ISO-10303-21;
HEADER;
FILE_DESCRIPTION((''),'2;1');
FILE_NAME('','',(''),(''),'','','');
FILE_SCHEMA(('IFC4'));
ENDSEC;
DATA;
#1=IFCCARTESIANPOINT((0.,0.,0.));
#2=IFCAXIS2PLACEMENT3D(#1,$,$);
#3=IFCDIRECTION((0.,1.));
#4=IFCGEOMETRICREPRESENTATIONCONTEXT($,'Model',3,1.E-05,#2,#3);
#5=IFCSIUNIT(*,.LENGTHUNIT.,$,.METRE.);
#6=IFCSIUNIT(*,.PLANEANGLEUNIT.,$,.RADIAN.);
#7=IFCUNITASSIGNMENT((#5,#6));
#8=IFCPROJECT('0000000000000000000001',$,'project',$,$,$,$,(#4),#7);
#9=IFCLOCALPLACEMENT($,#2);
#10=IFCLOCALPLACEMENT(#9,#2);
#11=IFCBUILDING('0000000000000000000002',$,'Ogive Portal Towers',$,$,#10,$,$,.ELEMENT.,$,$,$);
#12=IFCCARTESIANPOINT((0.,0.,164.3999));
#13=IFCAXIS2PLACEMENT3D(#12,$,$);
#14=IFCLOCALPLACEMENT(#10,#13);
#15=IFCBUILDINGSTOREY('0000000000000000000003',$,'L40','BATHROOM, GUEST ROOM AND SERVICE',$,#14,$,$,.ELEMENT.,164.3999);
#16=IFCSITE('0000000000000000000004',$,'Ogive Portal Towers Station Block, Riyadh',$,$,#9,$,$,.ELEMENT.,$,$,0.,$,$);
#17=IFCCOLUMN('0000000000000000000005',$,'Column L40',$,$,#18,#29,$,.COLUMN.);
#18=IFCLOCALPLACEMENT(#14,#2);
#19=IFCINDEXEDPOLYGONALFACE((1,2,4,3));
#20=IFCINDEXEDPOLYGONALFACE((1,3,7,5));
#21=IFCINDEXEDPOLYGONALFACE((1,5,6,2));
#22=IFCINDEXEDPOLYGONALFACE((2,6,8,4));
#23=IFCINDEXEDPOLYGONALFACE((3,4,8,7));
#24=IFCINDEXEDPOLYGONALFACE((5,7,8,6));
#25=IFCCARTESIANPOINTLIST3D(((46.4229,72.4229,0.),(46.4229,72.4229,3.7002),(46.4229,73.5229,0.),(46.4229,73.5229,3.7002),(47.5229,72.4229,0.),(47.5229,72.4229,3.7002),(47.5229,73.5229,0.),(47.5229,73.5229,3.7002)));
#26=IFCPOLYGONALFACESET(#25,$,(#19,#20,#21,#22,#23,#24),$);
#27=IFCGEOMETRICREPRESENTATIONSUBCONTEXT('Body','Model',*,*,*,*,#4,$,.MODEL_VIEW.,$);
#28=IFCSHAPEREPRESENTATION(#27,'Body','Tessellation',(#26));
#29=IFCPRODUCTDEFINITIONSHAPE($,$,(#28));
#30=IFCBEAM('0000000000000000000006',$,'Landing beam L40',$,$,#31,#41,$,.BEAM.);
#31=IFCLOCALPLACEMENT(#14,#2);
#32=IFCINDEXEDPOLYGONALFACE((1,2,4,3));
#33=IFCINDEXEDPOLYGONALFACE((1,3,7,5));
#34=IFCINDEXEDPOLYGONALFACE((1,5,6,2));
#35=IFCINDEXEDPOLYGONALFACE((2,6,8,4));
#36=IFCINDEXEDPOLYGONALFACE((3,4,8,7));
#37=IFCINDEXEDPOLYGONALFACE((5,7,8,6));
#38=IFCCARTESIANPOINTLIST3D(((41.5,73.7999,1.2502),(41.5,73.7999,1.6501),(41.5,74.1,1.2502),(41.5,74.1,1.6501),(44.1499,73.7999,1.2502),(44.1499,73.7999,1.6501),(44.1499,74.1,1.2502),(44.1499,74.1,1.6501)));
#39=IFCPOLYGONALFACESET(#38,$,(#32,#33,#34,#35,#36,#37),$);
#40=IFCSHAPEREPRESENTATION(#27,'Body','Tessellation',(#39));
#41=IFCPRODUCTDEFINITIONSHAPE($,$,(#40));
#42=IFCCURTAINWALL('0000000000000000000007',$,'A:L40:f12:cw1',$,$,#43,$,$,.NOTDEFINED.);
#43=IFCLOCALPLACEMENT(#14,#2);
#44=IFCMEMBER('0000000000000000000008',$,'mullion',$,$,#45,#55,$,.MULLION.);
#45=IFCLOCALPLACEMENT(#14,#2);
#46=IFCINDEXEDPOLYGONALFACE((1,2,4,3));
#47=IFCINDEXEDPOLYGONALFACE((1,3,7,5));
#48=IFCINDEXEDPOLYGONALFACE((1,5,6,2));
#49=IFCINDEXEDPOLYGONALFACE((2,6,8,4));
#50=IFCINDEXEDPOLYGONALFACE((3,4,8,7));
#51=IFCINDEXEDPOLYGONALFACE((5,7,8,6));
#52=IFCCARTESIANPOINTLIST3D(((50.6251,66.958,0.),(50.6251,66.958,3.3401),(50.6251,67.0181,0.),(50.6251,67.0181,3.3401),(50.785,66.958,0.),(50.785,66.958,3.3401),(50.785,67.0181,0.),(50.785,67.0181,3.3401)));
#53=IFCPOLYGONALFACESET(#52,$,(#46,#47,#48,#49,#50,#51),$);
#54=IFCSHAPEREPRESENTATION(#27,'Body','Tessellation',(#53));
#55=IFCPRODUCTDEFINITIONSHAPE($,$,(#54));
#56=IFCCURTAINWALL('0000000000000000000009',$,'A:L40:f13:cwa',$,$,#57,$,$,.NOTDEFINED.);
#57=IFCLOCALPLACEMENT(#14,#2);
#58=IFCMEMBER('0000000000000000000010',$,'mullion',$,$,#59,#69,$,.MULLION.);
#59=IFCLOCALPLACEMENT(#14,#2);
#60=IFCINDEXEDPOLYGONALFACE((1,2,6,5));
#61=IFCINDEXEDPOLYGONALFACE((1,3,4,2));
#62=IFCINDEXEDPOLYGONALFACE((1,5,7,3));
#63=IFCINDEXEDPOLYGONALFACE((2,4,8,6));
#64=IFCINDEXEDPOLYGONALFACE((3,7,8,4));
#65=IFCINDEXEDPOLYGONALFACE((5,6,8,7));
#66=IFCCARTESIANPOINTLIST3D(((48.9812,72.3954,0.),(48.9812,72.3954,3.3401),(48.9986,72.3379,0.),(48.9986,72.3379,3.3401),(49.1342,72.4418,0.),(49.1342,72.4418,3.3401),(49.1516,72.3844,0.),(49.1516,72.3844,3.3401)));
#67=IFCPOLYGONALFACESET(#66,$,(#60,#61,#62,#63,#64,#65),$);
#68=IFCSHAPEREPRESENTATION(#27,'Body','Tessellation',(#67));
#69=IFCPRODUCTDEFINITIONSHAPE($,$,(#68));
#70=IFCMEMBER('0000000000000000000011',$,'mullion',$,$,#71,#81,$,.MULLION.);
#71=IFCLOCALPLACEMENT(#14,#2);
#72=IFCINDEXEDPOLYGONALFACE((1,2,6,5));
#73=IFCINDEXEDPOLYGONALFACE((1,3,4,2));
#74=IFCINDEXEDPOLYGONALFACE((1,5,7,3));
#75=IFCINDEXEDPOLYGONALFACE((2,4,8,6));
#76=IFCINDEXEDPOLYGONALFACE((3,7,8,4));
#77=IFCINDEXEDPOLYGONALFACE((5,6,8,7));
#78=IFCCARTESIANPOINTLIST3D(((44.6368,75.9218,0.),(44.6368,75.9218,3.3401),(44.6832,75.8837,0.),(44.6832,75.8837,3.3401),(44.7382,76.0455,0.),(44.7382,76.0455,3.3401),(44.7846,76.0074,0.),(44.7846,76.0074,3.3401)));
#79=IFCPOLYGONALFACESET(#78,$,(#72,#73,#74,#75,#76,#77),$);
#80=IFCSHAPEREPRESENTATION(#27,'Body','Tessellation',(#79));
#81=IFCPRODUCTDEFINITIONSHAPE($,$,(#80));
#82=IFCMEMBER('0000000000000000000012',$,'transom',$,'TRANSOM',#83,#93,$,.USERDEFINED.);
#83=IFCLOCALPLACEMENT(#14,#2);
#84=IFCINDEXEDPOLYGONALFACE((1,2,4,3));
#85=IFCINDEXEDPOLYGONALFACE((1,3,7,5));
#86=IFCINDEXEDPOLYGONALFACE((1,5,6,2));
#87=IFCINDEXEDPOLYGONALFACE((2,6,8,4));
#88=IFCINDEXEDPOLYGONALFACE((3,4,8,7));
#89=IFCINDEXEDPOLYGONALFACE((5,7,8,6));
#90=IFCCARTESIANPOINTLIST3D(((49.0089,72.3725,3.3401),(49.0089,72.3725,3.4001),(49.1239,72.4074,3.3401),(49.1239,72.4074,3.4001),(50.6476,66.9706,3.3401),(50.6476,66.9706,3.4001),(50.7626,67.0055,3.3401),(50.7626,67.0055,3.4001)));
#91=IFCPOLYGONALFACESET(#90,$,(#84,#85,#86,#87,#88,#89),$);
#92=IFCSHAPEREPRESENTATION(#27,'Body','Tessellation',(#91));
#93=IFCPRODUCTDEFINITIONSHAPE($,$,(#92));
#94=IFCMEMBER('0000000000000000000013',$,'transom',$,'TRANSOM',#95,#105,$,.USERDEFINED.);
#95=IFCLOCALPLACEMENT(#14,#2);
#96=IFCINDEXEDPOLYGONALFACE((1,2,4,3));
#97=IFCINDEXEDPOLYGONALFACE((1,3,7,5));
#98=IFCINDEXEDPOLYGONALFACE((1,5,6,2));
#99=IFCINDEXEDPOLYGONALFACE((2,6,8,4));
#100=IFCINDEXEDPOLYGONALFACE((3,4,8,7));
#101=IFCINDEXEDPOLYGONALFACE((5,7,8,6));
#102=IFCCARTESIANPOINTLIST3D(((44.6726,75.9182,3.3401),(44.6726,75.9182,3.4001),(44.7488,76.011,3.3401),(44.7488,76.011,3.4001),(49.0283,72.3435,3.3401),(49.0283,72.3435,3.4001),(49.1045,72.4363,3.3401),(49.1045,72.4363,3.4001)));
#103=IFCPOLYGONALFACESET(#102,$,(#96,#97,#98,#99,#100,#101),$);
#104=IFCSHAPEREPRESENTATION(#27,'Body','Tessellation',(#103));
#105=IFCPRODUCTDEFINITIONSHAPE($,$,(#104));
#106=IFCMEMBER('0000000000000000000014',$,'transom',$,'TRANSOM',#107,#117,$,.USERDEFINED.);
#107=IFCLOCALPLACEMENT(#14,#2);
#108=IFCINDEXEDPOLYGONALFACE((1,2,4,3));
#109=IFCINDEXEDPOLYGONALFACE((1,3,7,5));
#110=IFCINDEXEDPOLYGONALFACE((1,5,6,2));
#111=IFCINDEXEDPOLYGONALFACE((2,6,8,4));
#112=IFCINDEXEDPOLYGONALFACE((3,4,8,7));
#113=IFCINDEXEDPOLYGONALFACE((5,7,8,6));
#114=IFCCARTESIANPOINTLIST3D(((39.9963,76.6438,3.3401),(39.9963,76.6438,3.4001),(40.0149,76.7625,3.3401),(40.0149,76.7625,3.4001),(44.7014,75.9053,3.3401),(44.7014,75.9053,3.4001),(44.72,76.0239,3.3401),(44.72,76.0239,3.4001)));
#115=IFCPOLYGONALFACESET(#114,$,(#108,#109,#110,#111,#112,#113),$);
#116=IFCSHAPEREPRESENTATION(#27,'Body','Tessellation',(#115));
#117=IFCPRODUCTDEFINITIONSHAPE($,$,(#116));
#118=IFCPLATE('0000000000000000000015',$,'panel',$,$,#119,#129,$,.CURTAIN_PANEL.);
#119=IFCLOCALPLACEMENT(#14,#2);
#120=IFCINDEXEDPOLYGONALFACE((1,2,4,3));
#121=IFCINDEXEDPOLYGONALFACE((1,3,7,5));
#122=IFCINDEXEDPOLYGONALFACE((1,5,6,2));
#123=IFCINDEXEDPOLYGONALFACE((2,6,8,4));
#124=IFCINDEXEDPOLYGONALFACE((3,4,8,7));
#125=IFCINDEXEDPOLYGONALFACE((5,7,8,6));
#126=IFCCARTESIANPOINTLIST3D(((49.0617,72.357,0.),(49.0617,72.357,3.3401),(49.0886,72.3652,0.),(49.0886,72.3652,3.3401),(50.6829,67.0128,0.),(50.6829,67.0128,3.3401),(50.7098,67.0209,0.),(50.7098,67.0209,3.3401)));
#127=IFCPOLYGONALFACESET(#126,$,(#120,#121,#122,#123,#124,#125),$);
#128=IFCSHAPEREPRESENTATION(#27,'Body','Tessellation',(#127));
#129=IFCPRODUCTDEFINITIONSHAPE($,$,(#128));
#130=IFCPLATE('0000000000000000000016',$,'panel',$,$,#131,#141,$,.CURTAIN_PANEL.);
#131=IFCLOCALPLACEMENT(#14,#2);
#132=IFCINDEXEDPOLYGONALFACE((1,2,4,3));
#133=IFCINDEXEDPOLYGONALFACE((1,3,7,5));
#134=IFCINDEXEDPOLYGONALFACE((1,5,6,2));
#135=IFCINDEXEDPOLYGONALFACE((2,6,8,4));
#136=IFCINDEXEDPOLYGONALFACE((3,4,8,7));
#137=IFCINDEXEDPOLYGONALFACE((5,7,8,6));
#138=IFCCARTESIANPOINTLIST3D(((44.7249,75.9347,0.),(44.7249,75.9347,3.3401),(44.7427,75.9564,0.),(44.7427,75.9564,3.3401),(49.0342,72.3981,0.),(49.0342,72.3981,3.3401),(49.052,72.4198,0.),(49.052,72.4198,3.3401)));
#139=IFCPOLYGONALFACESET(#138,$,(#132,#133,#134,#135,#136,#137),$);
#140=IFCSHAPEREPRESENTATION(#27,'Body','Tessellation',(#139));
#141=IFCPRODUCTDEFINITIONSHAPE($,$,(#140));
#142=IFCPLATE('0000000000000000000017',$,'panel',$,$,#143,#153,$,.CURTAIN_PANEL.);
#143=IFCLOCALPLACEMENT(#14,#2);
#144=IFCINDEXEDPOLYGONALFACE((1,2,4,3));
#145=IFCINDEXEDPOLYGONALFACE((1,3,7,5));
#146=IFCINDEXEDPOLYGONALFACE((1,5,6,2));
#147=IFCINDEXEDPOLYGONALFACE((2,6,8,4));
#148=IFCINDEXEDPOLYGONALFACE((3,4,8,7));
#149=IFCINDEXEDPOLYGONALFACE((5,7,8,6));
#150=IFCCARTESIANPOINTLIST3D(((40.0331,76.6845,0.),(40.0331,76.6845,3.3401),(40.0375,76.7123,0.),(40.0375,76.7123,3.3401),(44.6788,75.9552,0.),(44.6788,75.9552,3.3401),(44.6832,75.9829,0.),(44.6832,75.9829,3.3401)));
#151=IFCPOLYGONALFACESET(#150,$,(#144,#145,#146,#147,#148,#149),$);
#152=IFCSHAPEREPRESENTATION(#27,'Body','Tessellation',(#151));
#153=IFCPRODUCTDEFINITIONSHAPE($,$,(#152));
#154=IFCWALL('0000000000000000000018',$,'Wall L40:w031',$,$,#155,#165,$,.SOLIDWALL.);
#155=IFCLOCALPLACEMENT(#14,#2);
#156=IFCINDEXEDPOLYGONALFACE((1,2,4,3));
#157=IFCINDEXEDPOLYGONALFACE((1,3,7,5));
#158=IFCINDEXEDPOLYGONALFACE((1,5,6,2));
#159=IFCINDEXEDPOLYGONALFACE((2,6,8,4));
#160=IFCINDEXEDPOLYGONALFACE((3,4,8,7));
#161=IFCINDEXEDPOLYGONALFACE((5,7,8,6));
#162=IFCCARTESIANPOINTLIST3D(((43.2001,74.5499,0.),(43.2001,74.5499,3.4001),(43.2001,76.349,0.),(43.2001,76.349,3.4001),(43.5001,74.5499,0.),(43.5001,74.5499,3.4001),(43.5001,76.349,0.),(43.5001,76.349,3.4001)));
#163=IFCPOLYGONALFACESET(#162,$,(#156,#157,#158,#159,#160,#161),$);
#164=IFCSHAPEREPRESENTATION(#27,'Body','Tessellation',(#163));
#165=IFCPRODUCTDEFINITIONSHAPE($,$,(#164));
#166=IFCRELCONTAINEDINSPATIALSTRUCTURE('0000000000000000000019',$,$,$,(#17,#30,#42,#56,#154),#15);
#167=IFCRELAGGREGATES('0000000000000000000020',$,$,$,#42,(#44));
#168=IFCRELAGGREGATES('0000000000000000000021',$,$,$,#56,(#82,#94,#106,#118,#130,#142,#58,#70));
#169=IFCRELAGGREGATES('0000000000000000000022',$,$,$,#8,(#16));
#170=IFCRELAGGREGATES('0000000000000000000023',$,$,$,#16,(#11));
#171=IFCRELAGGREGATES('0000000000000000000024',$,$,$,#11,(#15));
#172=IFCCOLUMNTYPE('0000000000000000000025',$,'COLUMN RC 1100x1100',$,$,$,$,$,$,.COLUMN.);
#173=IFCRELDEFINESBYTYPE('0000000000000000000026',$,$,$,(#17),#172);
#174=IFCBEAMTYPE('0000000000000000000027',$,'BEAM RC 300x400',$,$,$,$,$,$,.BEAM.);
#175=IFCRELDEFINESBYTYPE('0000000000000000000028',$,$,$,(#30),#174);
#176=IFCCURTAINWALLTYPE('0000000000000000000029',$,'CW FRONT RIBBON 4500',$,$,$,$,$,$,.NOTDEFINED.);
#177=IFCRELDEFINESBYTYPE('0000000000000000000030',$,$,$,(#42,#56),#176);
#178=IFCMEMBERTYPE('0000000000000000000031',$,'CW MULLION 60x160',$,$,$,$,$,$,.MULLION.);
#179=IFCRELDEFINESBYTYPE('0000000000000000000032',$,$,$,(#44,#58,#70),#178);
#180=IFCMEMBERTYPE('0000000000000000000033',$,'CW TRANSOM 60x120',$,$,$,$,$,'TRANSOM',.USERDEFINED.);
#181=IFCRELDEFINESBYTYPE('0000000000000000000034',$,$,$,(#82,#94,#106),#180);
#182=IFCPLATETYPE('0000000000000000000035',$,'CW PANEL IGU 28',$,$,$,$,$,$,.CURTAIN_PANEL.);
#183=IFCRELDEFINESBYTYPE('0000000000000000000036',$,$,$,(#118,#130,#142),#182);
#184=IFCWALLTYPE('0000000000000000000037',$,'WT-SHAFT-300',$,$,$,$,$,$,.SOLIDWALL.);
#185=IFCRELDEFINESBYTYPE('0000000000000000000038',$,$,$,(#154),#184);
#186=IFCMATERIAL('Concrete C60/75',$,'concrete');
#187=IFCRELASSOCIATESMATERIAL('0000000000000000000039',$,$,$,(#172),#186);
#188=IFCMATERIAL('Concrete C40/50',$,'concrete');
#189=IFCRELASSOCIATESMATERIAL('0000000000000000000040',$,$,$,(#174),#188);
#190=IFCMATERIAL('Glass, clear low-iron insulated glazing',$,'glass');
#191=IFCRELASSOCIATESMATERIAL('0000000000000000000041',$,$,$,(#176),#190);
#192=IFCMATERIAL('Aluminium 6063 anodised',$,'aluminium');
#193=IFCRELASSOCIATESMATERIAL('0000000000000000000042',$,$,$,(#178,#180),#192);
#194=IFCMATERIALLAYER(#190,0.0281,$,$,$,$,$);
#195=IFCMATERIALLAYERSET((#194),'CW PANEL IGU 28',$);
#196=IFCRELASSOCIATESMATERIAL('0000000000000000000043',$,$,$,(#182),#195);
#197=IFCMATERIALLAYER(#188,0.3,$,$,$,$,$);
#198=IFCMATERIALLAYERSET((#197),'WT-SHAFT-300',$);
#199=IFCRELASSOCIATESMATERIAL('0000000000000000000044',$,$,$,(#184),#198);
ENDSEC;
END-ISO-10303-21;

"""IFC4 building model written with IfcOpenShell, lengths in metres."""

from ifc_helpers import new_model, si_unit, direction, frame, frame_2d, origin, origin_2d, place, context, subcontext, project, spatial, rectangle, extrude, material, layer, layer_set, material_profile, profile_set, type_object, element, aggregate, save


model = new_model("IFC4")

# Units and contexts
model_context = context("Model", 3, precision=1e-05, world=origin(), true_north=direction((0.0, 1.0)))
body_context = subcontext(model_context, "Body", "Model", "MODEL_VIEW")
ifc_project = project(units=[si_unit("LENGTHUNIT", "METRE"), si_unit("PLANEANGLEUNIT", "RADIAN")], contexts=[model_context])

# Site, building, storey
site_placement = place(None, origin())
site = spatial("IfcSite", under=ifc_project, at=site_placement, Name="Ogive Portal Towers Station Block, Riyadh", CompositionType="ELEMENT", RefElevation=0.0)
building_placement = place(site_placement, origin())
building = spatial("IfcBuilding", under=site, at=building_placement, Name="Ogive Portal Towers", CompositionType="ELEMENT")
storey_placement = place(building_placement, frame((0.0, 0.0, 164.3999)))
storey = spatial("IfcBuildingStorey", under=building, at=storey_placement, Name="L40", Description="BATHROOM, GUEST ROOM AND SERVICE", CompositionType="ELEMENT", Elevation=164.3999)

# Column
ifc_material_1 = material(Name="Concrete C60/75", Category="concrete")
ifc_material_profile_1 = material_profile(ifc_material_1, rectangle(XDim=1.1001, YDim=1.1001, at=origin_2d()), Name="RC 1100x1100")
ifc_profile_set_1 = profile_set([ifc_material_profile_1], Name="Concrete C60/75")
column_type = type_object("IfcColumnType", Name="COLUMN RC 1100x1100", PredefinedType="COLUMN", material=ifc_profile_set_1)
column_placement = place(storey_placement, frame((46.9729, 72.9729, 0.0), z_axis=(0.0, 0.0, 1.0), x_axis=(1.0, 0.0, 0.0)))
element("IfcColumn", 1, at=column_placement, inside=storey, type_object=column_type, Name="Column L40", PredefinedType="COLUMN", context=body_context, shape_type="SweptSolid", body=[
    extrude(rectangle(XDim=1.1001, YDim=1.1001, at=origin_2d()), origin(), (0.0, 0.0, 1.0), 3.7002),
])

# Beam
ifc_material_2 = material(Name="Concrete C40/50", Category="concrete")
ifc_material_profile_2 = material_profile(ifc_material_2, rectangle(XDim=0.3, YDim=0.3999, at=origin_2d()), Name="RC 300x400")
ifc_profile_set_2 = profile_set([ifc_material_profile_2], Name="Concrete C40/50")
beam_type = type_object("IfcBeamType", Name="BEAM RC 300x400", PredefinedType="BEAM", material=ifc_profile_set_2)
beam_placement = place(storey_placement, frame((41.5, 73.95, 1.4502), z_axis=(1.0, 0.0, 0.0), x_axis=(0.0, 1.0, 0.0)))
element("IfcBeam", 2, at=beam_placement, inside=storey, type_object=beam_type, Name="Landing beam L40", PredefinedType="BEAM", context=body_context, shape_type="SweptSolid", body=[
    extrude(rectangle(XDim=0.3, YDim=0.3999, at=origin_2d()), origin(), (0.0, 0.0, 1.0), 2.6499),
])

# Curtain wall, member
ifc_material_3 = material(Name="Glass, clear low-iron insulated glazing", Category="glass")
curtain_wall_type = type_object("IfcCurtainWallType", Name="CW FRONT RIBBON 4500", PredefinedType="NOTDEFINED", material=ifc_material_3)
curtain_wall_1_placement = place(storey_placement, origin())
curtain_wall_1 = element("IfcCurtainWall", 3, at=curtain_wall_1_placement, inside=storey, type_object=curtain_wall_type, Name="A:L40:f12:cw1", PredefinedType="NOTDEFINED")
ifc_material_4 = material(Name="Aluminium 6063 anodised", Category="aluminium")
ifc_material_profile_3 = material_profile(ifc_material_4, rectangle(XDim=0.1599, YDim=0.0601, at=origin_2d()), Name="AL 60x160")
ifc_profile_set_3 = profile_set([ifc_material_profile_3], Name="Aluminium 6063 anodised")
member_type_1 = type_object("IfcMemberType", Name="CW MULLION 60x160", PredefinedType="MULLION", material=ifc_profile_set_3)
member_1_placement = place(storey_placement, frame((50.7051, 66.988, 0.0), z_axis=(0.0, 0.0, 1.0), x_axis=(-1.0, 0.0, 0.0)))
member_1 = element("IfcMember", 4, at=member_1_placement, type_object=member_type_1, Name="mullion", PredefinedType="MULLION", context=body_context, shape_type="SweptSolid", body=[
    extrude(rectangle(XDim=0.1599, YDim=0.0601, at=origin_2d()), origin(), (0.0, 0.0, 1.0), 3.3401),
])
aggregate(curtain_wall_1, [member_1])

# Curtain wall, members, plates
curtain_wall_2_placement = place(storey_placement, origin())
curtain_wall_2 = element("IfcCurtainWall", 5, at=curtain_wall_2_placement, inside=storey, type_object=curtain_wall_type, Name="A:L40:f13:cwa", PredefinedType="NOTDEFINED")
member_2_placement = place(storey_placement, frame((49.0664, 72.3899, 0.0), z_axis=(0.0, 0.0, 1.0), x_axis=(-0.95694, -0.290285, 0.0)))
member_2 = element("IfcMember", 6, at=member_2_placement, type_object=member_type_1, Name="mullion", PredefinedType="MULLION", context=body_context, shape_type="SweptSolid", body=[
    extrude(rectangle(XDim=0.1599, YDim=0.0601, at=origin_2d()), origin(), (0.0, 0.0, 1.0), 3.3401),
])
member_3_placement = place(storey_placement, frame((44.7107, 75.9646, 0.0), z_axis=(0.0, 0.0, 1.0), x_axis=(-0.634393, -0.77301, 0.0)))
member_3 = element("IfcMember", 7, at=member_3_placement, type_object=member_type_1, Name="mullion", PredefinedType="MULLION", context=body_context, shape_type="SweptSolid", body=[
    extrude(rectangle(XDim=0.1599, YDim=0.0601, at=origin_2d()), origin(), (0.0, 0.0, 1.0), 3.3401),
])
ifc_material_profile_4 = material_profile(ifc_material_4, rectangle(XDim=0.1201, YDim=0.0601, at=origin_2d()), Name="AL 120x60")
ifc_profile_set_4 = profile_set([ifc_material_profile_4], Name="Aluminium 6063 anodised")
member_type_2 = type_object("IfcMemberType", Name="CW TRANSOM 60x120", ElementType="TRANSOM", PredefinedType="USERDEFINED", material=ifc_profile_set_4)
member_4_placement = place(storey_placement, frame((50.7051, 66.988, 3.3701), z_axis=(-0.290291, 0.956939, 0.0), x_axis=(-0.956939, -0.290291, 0.0)))
member_4 = element("IfcMember", 8, at=member_4_placement, type_object=member_type_2, Name="transom", ObjectType="TRANSOM", PredefinedType="USERDEFINED", context=body_context, shape_type="SweptSolid", body=[
    extrude(rectangle(XDim=0.1201, YDim=0.0601, at=origin_2d()), origin(), (0.0, 0.0, 1.0), 5.645),
])
member_5_placement = place(storey_placement, frame((49.0664, 72.3899, 3.3701), z_axis=(-0.773005, 0.6344, 0.0), x_axis=(-0.6344, -0.773005, 0.0)))
member_5 = element("IfcMember", 9, at=member_5_placement, type_object=member_type_2, Name="transom", ObjectType="TRANSOM", PredefinedType="USERDEFINED", context=body_context, shape_type="SweptSolid", body=[
    extrude(rectangle(XDim=0.1201, YDim=0.0601, at=origin_2d()), origin(), (0.0, 0.0, 1.0), 5.6348),
])
member_6_placement = place(storey_placement, frame((44.7107, 75.9646, 3.3701), z_axis=(-0.987904, 0.155065, 0.0), x_axis=(-0.155065, -0.987904, 0.0)))
member_6 = element("IfcMember", 10, at=member_6_placement, type_object=member_type_2, Name="transom", ObjectType="TRANSOM", PredefinedType="USERDEFINED", context=body_context, shape_type="SweptSolid", body=[
    extrude(rectangle(XDim=0.1201, YDim=0.0601, at=origin_2d()), origin(), (0.0, 0.0, 1.0), 4.7627),
])
ifc_layer_1 = layer(ifc_material_3, 0.0281)
ifc_layer_set_1 = layer_set([ifc_layer_1], Name="CW PANEL IGU 28")
plate_type = type_object("IfcPlateType", Name="CW PANEL IGU 28", PredefinedType="CURTAIN_PANEL", material=ifc_layer_set_1)
plate_1_placement = place(storey_placement, frame((49.8857, 69.689, 0.0), z_axis=(0.0, 0.0, 1.0), x_axis=(-0.290285, 0.95694, 0.0)))
plate_1 = element("IfcPlate", 11, at=plate_1_placement, type_object=plate_type, Name="panel", PredefinedType="CURTAIN_PANEL", context=body_context, shape_type="SweptSolid", body=[
    extrude(rectangle(XDim=5.5847, YDim=0.0281, at=origin_2d()), origin(), (0.0, 0.0, 1.0), 3.3401),
])
plate_2_placement = place(storey_placement, frame((46.8884, 74.1772, 0.0), z_axis=(0.0, 0.0, 1.0), x_axis=(-0.77301, 0.634393, 0.0)))
plate_2 = element("IfcPlate", 12, at=plate_2_placement, type_object=plate_type, Name="panel", PredefinedType="CURTAIN_PANEL", context=body_context, shape_type="SweptSolid", body=[
    extrude(rectangle(XDim=5.5747, YDim=0.0281, at=origin_2d()), origin(), (0.0, 0.0, 1.0), 3.3401),
])
plate_3_placement = place(storey_placement, frame((42.3582, 76.3337, 0.0), z_axis=(0.0, 0.0, 1.0), x_axis=(-0.987901, 0.155089, 0.0)))
plate_3 = element("IfcPlate", 13, at=plate_3_placement, type_object=plate_type, Name="panel", PredefinedType="CURTAIN_PANEL", context=body_context, shape_type="SweptSolid", body=[
    extrude(rectangle(XDim=4.7026, YDim=0.0281, at=origin_2d()), origin(), (0.0, 0.0, 1.0), 3.3401),
])
aggregate(curtain_wall_2, [member_4, member_5, member_6, plate_1, plate_2, plate_3, member_2, member_3])

# Wall
ifc_layer_2 = layer(ifc_material_2, 0.3)
ifc_layer_set_2 = layer_set([ifc_layer_2], Name="WT-SHAFT-300")
wall_type = type_object("IfcWallType", Name="WT-SHAFT-300", PredefinedType="SOLIDWALL", material=ifc_layer_set_2)
wall_placement = place(storey_placement, frame((43.3501, 74.55, 0.0), z_axis=(0.0, 0.0, 1.0), x_axis=(0.0, 1.0, 0.0)))
element("IfcWall", 14, at=wall_placement, inside=storey, type_object=wall_type, Name="Wall L40:w031", PredefinedType="SOLIDWALL", context=body_context, shape_type="SweptSolid", body=[
    extrude(rectangle(XDim=1.7991, YDim=0.3, at=frame_2d((0.8994, 0.0))), origin(), (0.0, 0.0, 1.0), 3.4001),
])

save(model, "model.ifc")
